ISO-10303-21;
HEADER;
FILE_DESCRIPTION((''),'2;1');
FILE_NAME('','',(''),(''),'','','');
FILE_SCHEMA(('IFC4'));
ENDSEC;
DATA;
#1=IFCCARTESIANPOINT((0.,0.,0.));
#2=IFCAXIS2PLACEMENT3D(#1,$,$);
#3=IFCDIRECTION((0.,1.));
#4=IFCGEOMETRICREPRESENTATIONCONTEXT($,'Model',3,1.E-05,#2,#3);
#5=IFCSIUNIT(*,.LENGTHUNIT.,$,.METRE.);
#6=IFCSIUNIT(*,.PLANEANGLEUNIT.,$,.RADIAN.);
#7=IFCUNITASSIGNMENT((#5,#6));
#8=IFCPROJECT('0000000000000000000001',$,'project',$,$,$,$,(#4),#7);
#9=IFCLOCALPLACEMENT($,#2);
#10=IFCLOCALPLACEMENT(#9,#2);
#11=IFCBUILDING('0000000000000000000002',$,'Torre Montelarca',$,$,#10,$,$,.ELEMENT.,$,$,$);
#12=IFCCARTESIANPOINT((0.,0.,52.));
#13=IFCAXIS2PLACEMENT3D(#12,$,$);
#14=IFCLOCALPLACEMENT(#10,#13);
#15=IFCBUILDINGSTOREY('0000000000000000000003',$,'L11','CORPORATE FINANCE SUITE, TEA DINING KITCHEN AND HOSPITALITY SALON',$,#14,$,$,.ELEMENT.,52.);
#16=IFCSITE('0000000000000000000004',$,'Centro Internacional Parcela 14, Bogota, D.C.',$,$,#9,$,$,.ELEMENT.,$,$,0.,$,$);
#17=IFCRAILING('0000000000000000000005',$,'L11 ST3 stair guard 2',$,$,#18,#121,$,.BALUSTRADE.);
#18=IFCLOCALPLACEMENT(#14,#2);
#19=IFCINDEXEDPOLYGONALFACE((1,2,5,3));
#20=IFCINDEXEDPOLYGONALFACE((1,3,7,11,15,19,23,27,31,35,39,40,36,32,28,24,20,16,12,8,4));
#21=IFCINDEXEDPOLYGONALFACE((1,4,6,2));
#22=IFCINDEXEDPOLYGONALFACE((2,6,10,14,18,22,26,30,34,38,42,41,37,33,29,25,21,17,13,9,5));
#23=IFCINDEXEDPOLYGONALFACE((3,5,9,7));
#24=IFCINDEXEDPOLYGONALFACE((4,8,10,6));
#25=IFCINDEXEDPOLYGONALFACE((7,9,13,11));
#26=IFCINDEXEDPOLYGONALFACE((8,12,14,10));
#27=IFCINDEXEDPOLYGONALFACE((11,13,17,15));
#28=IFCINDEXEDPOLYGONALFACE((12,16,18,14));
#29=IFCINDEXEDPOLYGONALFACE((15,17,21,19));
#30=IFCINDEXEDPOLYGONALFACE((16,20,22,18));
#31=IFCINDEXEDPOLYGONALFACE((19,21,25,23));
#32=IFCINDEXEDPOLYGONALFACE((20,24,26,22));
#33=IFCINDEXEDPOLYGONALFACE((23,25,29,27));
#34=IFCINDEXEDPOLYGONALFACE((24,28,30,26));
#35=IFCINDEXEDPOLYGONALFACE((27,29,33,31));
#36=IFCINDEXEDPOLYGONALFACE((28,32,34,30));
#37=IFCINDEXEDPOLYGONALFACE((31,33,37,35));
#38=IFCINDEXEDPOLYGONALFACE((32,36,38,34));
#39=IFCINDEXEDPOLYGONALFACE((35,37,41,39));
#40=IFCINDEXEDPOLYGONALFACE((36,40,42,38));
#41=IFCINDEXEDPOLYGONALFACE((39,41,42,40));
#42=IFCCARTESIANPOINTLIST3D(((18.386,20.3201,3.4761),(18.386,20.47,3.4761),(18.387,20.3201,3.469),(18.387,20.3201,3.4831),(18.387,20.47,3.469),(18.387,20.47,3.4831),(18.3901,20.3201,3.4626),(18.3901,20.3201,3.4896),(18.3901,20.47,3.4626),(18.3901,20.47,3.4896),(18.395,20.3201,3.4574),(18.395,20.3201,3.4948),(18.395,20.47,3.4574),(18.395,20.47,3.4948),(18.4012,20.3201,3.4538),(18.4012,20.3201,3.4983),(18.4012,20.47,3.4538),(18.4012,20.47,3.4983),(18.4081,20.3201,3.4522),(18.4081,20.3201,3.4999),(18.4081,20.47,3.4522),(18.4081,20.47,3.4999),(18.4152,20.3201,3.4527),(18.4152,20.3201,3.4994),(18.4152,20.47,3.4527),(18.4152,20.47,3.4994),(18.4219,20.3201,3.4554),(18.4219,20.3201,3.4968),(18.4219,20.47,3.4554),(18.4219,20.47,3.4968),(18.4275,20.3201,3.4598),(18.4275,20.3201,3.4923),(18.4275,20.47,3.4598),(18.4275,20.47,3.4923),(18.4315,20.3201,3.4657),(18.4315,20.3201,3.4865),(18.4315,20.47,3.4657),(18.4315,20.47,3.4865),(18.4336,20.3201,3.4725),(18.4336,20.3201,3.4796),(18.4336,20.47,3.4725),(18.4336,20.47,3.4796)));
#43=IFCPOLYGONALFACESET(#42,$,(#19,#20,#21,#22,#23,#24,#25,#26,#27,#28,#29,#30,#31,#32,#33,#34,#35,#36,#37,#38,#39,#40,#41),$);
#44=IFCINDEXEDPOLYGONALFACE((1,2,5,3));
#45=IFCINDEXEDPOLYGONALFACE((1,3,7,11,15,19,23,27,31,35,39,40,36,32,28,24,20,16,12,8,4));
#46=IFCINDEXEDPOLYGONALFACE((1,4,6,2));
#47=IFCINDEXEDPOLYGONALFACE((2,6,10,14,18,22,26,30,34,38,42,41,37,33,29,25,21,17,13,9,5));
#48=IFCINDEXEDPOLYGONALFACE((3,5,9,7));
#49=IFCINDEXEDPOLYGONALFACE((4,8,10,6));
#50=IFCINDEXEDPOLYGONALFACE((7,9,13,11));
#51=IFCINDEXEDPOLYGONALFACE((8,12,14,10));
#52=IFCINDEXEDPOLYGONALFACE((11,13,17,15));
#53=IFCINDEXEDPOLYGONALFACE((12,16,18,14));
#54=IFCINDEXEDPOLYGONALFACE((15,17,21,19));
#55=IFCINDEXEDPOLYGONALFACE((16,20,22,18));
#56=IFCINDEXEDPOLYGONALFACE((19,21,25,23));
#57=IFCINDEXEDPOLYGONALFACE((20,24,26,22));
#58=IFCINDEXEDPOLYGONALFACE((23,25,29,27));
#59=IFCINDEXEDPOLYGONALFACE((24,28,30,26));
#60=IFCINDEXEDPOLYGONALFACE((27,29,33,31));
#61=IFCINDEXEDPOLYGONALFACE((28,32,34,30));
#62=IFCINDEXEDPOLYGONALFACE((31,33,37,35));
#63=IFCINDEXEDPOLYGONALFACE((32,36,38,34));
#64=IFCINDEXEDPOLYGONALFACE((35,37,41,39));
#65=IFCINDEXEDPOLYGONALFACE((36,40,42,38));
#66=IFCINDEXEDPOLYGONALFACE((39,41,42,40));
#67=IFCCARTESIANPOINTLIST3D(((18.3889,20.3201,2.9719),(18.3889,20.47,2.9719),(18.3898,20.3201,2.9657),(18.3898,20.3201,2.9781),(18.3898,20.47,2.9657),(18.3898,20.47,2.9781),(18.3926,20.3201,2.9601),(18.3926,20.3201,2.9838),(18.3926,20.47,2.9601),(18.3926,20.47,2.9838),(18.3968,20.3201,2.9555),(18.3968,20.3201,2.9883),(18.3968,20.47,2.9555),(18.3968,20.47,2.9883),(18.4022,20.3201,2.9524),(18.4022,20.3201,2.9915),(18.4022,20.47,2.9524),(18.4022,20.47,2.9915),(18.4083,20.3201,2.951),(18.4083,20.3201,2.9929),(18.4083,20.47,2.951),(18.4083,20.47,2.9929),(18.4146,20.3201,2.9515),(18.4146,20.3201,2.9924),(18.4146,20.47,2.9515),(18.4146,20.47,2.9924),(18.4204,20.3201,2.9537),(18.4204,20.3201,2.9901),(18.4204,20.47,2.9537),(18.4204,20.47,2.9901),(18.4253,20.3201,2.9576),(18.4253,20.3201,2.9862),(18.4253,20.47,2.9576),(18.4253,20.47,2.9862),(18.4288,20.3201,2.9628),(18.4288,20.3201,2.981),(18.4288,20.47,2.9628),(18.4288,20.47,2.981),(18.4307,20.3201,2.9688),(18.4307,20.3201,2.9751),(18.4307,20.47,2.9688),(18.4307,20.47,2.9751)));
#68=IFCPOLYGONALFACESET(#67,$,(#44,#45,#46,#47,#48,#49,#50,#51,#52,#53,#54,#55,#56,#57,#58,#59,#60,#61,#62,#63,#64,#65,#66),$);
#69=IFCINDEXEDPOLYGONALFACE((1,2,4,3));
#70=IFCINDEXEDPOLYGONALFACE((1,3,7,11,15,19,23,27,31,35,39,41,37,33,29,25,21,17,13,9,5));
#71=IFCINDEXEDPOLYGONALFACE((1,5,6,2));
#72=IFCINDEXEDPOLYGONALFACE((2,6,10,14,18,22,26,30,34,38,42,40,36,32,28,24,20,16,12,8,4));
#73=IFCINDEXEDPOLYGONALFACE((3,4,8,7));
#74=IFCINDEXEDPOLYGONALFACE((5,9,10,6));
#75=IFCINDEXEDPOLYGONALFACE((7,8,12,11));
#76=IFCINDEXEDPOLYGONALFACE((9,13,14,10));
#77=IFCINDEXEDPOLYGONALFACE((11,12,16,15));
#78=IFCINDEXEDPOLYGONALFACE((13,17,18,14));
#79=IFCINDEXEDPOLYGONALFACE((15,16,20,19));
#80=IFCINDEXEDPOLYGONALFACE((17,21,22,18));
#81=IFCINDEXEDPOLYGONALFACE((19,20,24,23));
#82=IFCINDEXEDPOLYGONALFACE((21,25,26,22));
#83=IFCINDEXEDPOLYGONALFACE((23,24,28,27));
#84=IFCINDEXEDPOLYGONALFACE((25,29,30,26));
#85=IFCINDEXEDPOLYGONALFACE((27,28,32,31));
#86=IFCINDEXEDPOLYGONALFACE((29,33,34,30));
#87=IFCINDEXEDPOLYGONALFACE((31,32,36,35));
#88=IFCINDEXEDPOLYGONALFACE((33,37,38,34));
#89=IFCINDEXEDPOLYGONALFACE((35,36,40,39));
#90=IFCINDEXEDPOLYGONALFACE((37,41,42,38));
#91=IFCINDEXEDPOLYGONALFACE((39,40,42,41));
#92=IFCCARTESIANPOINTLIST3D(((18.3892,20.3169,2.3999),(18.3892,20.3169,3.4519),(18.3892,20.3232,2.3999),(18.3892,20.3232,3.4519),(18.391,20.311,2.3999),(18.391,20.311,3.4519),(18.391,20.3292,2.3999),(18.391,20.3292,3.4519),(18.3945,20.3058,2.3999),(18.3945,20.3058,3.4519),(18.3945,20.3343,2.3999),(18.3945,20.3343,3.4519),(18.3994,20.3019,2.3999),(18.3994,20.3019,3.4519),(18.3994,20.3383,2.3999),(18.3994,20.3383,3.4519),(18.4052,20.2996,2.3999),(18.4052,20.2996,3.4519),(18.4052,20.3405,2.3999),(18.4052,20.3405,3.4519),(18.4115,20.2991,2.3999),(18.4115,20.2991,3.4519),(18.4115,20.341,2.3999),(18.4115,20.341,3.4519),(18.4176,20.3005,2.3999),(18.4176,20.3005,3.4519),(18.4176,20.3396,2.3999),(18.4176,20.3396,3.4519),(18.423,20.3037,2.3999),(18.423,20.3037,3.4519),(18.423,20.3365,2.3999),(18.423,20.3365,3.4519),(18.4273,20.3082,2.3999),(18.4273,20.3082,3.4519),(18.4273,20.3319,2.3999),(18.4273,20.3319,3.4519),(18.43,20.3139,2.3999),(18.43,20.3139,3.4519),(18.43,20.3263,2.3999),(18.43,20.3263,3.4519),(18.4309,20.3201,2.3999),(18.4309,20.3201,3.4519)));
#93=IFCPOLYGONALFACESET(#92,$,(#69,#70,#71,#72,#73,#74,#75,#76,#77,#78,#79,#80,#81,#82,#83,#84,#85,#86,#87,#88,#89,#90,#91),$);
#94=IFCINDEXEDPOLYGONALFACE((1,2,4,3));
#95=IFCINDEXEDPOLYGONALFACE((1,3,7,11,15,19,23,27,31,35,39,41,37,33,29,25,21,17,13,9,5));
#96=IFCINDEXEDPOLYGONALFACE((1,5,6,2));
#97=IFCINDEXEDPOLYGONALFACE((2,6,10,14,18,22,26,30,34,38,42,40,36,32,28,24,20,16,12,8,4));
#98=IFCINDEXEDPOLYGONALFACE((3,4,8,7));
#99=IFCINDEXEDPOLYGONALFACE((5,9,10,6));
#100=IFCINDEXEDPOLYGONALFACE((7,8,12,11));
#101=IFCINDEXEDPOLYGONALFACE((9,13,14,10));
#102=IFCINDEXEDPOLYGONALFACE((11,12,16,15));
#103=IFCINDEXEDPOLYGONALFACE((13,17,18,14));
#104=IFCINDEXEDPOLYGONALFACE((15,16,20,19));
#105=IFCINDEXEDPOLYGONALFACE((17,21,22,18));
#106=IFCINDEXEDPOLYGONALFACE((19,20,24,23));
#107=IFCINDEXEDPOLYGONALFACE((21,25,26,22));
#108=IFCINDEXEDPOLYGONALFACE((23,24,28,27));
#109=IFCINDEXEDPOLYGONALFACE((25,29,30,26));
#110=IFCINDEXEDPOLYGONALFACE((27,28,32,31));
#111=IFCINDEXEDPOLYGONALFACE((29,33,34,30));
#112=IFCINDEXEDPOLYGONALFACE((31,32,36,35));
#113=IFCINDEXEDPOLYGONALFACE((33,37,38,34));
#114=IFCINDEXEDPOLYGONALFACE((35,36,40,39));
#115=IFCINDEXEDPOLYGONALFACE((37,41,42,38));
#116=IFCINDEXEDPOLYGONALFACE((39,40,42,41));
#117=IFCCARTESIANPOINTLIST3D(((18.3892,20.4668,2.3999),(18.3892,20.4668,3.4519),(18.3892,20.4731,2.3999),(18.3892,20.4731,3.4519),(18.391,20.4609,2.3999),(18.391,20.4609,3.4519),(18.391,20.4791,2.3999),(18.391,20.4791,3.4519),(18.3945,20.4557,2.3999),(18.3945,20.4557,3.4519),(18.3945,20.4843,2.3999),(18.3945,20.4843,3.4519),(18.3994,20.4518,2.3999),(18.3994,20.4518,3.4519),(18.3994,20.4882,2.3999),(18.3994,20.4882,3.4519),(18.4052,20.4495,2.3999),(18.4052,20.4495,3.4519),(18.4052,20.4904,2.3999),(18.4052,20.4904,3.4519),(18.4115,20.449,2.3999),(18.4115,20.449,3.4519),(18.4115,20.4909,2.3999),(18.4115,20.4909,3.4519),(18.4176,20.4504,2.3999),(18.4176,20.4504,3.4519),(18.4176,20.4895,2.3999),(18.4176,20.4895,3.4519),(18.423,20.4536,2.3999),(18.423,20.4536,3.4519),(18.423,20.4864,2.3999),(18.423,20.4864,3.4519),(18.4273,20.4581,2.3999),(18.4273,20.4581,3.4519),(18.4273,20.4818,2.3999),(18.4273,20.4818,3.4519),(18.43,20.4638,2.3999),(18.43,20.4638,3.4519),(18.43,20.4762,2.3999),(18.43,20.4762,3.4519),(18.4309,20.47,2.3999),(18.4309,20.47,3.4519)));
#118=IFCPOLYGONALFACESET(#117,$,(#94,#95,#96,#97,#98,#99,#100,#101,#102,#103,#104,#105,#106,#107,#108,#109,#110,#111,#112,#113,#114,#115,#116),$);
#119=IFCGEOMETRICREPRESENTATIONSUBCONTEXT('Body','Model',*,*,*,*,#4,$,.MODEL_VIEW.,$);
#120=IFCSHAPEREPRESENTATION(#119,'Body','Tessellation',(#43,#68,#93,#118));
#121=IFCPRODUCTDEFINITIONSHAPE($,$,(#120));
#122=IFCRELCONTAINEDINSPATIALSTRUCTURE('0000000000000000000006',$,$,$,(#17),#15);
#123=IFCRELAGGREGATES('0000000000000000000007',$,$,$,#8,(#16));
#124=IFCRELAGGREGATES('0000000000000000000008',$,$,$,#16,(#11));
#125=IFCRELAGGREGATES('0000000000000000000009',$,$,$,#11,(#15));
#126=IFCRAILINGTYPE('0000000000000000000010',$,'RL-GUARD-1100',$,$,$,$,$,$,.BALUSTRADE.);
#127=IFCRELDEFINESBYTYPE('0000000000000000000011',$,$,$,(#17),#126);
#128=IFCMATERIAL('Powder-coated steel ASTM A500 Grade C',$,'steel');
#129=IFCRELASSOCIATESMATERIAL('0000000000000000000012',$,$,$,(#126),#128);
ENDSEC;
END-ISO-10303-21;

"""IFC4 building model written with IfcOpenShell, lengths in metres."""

from ifc_helpers import new_model, si_unit, direction, frame, origin, origin_2d, place, context, subcontext, project, spatial, circle, extrude, material, type_object, element, save


model = new_model("IFC4")

# Units and contexts
model_context = context("Model", 3, precision=1e-05, world=origin(), true_north=direction((0.0, 1.0)))
body_context = subcontext(model_context, "Body", "Model", "MODEL_VIEW")
ifc_project = project(units=[si_unit("LENGTHUNIT", "METRE"), si_unit("PLANEANGLEUNIT", "RADIAN")], contexts=[model_context])

# Site, building, storey
site_placement = place(None, origin())
site = spatial("IfcSite", under=ifc_project, at=site_placement, Name="Centro Internacional Parcela 14, Bogota, D.C.", CompositionType="ELEMENT", RefElevation=0.0)
building_placement = place(site_placement, origin())
building = spatial("IfcBuilding", under=site, at=building_placement, Name="Torre Montelarca", CompositionType="ELEMENT")
storey_placement = place(building_placement, frame((0.0, 0.0, 52.0)))
storey = spatial("IfcBuildingStorey", under=building, at=storey_placement, Name="L11", Description="CORPORATE FINANCE SUITE, TEA DINING KITCHEN AND HOSPITALITY SALON", CompositionType="ELEMENT", Elevation=52.0)

# Railing
ifc_material_1 = material(Name="Powder-coated steel ASTM A500 Grade C", Category="steel")
railing_type_1 = type_object("IfcRailingType", Name="RL-GUARD-1100", PredefinedType="BALUSTRADE", material=ifc_material_1)
railing_1_placement = place(storey_placement, frame((18.4099, 20.3201, 2.3999)))
element("IfcRailing", 1, at=railing_1_placement, inside=storey, type_object=railing_type_1, Name="L11 ST3 stair guard 2", PredefinedType="BALUSTRADE", context=body_context, shape_type="SweptSolid", body=[
    extrude(circle(Radius=0.0239, at=origin_2d()), frame((0.0, 0.0, 1.0762), z_axis=(0.0, 1.0, 0.0), x_axis=(-1.0, 0.0, 0.0)), (0.0, 0.0, 1.0), 0.1499),
    extrude(circle(Radius=0.021, at=origin_2d()), frame((0.0, 0.0, 0.572), z_axis=(0.0, 1.0, 0.0), x_axis=(-1.0, 0.0, 0.0)), (0.0, 0.0, 1.0), 0.1499),
    extrude(circle(Radius=0.021, at=origin_2d()), origin(), (0.0, 0.0, 1.0), 1.052),
    extrude(circle(Radius=0.021, at=origin_2d()), frame((0.0, 0.1499, 0.0)), (0.0, 0.0, 1.0), 1.052),
])

save(model, "model.ifc")
